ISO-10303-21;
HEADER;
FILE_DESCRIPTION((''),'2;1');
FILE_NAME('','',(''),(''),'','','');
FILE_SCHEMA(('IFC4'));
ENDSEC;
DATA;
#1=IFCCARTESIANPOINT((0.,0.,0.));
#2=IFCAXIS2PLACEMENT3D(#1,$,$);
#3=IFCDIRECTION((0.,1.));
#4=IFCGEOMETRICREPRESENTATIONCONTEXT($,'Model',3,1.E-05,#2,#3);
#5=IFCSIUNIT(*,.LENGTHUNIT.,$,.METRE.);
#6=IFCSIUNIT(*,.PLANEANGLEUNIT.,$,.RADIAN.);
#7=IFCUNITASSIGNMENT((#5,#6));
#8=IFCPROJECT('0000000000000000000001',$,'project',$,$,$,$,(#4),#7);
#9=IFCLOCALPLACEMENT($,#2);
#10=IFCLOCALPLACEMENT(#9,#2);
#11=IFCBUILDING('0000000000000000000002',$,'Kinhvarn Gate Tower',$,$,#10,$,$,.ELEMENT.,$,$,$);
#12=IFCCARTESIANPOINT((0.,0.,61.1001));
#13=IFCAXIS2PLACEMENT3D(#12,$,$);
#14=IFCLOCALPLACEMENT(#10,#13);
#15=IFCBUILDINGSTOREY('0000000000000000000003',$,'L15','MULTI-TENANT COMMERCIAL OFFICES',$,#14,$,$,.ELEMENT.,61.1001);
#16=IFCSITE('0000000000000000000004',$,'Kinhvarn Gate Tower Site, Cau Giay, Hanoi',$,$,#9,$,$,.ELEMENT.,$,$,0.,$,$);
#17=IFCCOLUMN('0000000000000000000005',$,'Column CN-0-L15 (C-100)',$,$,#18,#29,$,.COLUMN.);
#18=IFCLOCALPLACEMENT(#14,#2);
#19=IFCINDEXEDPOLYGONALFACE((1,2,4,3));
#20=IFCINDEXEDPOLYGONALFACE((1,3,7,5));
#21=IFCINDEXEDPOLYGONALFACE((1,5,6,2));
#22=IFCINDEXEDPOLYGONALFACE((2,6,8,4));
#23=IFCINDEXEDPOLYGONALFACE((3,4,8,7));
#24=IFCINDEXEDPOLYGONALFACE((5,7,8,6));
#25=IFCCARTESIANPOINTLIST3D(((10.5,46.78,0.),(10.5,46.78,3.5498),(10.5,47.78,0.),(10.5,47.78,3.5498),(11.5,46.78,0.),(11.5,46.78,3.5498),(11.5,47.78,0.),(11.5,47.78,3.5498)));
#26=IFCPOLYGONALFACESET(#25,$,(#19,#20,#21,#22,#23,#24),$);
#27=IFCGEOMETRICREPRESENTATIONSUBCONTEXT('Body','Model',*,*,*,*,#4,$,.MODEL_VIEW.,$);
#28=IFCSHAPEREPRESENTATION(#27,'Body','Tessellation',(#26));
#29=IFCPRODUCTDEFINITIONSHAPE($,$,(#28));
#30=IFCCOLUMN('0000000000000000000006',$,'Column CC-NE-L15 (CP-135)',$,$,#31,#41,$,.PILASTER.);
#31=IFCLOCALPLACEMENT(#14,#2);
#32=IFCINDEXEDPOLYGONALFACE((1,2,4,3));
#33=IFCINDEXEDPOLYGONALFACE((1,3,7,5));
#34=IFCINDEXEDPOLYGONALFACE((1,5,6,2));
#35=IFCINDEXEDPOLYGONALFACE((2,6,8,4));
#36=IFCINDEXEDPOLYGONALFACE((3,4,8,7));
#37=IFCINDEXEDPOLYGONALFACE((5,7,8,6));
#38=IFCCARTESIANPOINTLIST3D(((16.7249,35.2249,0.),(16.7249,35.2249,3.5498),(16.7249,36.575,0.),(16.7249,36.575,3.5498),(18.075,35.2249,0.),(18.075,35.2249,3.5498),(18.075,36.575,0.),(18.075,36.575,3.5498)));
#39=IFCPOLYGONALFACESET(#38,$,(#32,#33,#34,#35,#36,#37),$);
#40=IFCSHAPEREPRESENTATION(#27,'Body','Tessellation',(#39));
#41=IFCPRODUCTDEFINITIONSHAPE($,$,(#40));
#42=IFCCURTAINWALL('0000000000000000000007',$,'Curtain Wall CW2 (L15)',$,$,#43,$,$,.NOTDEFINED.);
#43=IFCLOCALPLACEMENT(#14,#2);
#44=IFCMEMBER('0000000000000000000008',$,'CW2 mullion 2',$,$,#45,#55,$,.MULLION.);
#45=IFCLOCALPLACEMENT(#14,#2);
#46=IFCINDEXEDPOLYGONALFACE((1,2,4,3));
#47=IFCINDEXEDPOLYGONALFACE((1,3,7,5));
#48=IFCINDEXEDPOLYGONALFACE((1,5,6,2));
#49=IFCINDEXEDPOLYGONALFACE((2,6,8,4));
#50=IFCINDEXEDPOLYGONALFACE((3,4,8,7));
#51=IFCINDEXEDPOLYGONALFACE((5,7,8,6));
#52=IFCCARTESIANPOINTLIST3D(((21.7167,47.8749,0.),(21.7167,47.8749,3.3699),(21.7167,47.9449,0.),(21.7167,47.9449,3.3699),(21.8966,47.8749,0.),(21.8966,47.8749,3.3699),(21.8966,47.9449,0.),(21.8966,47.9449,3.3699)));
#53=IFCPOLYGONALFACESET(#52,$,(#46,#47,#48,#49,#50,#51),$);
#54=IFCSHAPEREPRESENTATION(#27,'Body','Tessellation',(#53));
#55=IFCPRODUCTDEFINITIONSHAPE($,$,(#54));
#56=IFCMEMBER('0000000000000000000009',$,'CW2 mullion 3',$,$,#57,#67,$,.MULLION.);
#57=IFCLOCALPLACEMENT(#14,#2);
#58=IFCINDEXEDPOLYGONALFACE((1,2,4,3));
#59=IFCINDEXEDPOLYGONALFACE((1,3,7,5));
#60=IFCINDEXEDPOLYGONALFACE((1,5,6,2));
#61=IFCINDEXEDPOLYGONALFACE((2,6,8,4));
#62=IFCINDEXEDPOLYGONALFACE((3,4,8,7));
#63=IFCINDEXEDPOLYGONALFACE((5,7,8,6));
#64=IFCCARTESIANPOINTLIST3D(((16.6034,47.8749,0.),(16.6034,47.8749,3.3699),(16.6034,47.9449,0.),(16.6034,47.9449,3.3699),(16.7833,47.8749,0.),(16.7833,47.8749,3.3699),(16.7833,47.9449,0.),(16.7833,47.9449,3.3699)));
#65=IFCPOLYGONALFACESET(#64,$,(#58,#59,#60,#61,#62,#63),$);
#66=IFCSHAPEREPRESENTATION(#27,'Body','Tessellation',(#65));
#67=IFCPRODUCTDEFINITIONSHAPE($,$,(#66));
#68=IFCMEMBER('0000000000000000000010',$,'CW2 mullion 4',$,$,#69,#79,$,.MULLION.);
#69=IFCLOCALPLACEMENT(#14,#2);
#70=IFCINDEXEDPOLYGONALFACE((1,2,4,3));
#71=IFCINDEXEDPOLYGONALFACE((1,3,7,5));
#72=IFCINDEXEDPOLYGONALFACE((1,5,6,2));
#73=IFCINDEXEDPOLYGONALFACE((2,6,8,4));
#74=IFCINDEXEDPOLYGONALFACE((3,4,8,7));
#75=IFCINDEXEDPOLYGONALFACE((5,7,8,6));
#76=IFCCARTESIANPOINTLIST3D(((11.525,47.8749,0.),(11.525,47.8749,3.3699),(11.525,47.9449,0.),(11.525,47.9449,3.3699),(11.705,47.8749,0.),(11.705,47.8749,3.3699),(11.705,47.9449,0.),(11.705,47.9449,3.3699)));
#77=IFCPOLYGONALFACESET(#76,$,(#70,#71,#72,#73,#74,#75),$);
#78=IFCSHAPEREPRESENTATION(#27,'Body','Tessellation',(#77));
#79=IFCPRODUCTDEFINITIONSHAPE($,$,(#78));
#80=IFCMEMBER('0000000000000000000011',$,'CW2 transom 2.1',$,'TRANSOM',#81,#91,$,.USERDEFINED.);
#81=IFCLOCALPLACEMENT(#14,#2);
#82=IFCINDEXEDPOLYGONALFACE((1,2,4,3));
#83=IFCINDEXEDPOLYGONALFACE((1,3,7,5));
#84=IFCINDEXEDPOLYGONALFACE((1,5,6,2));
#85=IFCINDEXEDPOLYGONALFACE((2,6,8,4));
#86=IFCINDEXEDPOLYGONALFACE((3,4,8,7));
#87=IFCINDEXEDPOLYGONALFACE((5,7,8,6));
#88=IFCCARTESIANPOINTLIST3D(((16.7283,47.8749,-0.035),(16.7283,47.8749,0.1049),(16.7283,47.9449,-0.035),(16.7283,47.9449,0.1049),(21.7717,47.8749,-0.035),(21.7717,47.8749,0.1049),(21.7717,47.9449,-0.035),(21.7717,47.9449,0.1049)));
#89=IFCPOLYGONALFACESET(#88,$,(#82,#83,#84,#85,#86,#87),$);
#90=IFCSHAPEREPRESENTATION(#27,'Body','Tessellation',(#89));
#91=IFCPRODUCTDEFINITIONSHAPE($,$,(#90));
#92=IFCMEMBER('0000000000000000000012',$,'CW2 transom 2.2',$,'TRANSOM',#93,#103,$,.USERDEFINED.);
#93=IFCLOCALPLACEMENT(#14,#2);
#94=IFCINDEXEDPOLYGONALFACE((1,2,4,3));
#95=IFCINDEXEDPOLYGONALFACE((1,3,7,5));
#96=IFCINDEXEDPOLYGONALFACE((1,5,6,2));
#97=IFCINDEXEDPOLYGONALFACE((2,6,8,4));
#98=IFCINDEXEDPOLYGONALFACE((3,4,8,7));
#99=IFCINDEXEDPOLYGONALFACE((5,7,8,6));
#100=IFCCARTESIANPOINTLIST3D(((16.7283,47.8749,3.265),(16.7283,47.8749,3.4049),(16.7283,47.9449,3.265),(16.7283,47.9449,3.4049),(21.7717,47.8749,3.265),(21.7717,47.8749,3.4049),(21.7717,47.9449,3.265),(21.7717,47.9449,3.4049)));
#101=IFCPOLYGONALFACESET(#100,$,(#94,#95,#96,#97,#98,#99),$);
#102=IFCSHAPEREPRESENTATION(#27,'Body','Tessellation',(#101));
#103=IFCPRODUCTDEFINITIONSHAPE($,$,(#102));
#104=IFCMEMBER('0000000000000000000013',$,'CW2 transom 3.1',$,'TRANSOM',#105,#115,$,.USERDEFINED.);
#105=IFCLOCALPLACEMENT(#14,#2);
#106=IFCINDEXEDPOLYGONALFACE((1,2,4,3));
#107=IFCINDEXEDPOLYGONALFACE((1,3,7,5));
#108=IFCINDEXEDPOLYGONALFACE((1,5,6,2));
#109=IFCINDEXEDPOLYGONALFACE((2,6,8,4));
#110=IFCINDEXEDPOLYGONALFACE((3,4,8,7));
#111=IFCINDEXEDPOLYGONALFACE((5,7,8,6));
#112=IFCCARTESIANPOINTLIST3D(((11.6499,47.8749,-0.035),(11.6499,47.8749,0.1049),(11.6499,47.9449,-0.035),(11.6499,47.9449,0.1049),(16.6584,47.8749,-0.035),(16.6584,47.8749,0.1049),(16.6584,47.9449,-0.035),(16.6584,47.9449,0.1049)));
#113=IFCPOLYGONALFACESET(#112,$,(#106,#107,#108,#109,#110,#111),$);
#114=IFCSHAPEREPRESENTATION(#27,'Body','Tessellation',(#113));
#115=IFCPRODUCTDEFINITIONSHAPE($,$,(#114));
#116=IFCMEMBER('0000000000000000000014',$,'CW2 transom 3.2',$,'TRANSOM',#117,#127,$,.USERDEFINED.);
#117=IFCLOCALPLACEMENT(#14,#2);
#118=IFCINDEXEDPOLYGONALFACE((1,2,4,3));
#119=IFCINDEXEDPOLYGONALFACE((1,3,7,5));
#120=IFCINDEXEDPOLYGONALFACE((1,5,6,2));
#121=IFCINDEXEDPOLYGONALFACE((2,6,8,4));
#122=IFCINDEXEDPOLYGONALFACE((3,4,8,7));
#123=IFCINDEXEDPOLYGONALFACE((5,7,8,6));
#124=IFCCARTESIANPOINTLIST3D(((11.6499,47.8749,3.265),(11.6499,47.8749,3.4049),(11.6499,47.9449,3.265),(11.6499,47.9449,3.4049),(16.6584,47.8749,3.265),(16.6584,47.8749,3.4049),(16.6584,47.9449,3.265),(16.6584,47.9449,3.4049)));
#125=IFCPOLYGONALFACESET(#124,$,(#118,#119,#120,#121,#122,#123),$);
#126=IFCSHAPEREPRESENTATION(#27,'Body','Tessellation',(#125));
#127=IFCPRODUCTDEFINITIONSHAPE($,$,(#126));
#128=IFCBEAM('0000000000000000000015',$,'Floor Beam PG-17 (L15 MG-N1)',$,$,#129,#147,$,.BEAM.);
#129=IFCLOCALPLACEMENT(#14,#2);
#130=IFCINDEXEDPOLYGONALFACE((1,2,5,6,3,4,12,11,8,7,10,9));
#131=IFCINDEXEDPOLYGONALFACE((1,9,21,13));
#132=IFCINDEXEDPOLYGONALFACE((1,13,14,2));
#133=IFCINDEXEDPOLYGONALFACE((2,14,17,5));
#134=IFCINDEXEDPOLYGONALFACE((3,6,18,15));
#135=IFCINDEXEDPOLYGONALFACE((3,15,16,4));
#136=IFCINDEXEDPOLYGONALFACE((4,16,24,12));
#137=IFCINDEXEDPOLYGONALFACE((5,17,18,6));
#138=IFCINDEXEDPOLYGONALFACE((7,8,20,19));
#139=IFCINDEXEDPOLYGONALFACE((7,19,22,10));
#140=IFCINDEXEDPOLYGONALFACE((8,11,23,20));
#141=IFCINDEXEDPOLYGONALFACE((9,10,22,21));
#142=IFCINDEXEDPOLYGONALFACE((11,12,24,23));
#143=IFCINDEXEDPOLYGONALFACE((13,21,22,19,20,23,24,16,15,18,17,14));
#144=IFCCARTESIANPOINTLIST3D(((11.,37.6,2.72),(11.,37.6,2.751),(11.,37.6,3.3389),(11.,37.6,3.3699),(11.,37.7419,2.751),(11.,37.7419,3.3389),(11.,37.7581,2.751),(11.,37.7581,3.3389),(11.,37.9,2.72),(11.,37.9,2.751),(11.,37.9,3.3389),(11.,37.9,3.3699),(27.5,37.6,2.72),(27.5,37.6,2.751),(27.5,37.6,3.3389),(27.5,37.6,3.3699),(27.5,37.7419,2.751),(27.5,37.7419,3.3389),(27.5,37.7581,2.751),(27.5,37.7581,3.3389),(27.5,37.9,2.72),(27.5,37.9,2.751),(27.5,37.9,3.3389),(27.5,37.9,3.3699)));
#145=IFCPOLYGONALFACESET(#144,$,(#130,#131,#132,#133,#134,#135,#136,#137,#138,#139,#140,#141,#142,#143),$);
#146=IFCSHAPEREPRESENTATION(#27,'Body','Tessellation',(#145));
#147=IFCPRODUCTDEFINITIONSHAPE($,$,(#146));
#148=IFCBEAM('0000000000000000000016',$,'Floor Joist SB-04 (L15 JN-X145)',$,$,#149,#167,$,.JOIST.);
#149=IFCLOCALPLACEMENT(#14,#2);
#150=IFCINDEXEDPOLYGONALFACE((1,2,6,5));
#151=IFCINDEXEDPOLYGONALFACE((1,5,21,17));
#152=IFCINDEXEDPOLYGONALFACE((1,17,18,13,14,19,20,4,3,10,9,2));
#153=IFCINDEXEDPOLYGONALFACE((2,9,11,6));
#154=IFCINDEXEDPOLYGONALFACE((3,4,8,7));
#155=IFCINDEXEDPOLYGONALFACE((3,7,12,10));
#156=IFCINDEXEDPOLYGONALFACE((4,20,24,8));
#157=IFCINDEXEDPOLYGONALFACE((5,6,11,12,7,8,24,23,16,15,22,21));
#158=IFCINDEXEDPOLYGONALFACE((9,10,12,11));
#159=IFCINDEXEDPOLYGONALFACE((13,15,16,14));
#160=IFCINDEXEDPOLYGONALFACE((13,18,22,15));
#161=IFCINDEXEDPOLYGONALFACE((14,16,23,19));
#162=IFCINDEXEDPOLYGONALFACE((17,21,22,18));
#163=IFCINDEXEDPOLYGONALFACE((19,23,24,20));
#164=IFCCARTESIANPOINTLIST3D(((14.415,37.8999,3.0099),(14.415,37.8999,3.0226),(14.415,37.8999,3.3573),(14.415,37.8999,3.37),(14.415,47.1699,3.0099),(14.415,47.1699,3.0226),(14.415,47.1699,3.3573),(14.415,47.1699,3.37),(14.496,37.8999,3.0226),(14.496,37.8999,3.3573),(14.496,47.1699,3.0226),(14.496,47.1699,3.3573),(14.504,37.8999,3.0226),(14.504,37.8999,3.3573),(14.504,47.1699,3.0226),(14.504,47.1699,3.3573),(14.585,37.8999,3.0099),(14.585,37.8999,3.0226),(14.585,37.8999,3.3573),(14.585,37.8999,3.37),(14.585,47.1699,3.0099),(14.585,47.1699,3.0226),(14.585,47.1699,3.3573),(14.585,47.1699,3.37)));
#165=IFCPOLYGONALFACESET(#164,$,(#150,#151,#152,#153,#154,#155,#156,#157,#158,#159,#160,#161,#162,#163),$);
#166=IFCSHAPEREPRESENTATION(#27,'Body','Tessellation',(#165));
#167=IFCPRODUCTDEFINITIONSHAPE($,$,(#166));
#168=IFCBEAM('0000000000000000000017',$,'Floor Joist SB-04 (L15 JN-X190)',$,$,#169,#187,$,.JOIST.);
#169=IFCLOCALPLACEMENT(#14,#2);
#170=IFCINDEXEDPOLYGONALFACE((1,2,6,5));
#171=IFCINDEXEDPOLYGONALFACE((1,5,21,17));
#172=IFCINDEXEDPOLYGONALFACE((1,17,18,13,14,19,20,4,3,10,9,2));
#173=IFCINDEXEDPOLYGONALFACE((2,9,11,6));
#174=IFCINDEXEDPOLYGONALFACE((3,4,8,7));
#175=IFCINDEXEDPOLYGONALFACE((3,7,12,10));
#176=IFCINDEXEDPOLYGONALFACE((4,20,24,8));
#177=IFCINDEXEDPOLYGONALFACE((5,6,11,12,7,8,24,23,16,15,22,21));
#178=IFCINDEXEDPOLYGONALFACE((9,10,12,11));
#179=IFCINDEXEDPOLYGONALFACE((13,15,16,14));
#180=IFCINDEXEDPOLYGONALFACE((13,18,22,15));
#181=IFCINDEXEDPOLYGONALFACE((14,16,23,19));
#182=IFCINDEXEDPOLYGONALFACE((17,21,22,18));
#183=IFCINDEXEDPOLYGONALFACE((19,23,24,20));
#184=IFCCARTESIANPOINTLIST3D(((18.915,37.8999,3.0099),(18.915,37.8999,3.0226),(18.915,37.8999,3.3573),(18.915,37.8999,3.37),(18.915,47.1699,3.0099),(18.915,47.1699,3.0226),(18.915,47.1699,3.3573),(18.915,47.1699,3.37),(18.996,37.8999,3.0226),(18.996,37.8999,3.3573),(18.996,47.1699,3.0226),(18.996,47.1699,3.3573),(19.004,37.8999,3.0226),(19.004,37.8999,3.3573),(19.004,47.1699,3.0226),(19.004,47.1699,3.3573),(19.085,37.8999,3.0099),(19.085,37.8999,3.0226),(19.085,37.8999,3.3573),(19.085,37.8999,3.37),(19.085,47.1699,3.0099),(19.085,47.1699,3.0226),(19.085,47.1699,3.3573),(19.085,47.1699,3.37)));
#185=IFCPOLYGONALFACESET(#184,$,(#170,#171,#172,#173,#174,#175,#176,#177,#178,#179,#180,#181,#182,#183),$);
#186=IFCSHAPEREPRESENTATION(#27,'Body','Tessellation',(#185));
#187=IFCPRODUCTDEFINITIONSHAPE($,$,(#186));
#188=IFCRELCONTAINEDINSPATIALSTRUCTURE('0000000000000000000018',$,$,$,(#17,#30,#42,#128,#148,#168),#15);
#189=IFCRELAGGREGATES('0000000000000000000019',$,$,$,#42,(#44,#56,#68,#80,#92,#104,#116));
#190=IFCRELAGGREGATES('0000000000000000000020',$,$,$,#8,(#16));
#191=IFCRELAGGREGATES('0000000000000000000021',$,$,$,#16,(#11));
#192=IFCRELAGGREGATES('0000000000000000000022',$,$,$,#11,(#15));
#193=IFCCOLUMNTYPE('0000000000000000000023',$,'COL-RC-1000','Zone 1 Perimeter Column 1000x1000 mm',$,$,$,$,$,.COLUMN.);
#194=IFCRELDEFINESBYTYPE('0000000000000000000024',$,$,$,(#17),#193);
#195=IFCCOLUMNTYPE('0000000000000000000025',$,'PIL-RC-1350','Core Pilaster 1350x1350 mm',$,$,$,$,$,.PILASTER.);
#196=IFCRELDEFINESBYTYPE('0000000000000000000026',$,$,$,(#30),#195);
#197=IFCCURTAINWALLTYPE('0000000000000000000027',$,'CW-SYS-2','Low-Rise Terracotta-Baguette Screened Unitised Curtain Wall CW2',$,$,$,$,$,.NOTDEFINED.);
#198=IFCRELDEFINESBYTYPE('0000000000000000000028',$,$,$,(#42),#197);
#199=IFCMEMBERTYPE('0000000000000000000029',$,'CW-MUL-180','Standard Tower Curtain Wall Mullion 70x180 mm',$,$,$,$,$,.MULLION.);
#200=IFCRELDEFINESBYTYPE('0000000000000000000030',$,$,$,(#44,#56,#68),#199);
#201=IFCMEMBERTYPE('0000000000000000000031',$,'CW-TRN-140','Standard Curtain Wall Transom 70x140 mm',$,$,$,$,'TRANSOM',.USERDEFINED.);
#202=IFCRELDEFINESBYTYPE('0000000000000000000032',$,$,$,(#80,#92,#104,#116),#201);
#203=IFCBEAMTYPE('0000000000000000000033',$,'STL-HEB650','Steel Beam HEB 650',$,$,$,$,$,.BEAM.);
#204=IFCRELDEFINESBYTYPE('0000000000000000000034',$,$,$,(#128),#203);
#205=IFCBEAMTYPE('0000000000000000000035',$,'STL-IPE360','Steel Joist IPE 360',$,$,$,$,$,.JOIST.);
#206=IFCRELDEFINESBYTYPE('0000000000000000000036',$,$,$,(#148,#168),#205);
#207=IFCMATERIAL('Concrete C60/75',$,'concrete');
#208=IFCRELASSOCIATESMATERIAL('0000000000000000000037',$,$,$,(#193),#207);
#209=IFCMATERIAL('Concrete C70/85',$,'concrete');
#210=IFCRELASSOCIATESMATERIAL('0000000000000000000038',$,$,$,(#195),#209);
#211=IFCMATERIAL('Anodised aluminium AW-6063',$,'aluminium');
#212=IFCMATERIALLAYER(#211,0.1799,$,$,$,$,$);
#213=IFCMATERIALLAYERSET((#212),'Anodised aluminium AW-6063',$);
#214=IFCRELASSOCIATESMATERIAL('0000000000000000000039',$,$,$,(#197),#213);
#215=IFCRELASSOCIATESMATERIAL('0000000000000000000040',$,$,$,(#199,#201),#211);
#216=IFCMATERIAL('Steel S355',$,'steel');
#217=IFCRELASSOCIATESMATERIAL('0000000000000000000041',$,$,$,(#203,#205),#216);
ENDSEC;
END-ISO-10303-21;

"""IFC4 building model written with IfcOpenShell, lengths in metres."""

from ifc_helpers import new_model, si_unit, direction, frame, origin, origin_2d, place, context, subcontext, project, spatial, rectangle, i_section, extrude, material, layer, layer_set, material_profile, profile_set, type_object, element, aggregate, save


model = new_model("IFC4")

# Units and contexts
model_context = context("Model", 3, precision=1e-05, world=origin(), true_north=direction((0.0, 1.0)))
body_context = subcontext(model_context, "Body", "Model", "MODEL_VIEW")
ifc_project = project(units=[si_unit("LENGTHUNIT", "METRE"), si_unit("PLANEANGLEUNIT", "RADIAN")], contexts=[model_context])

# Site, building, storey
site_placement = place(None, origin())
site = spatial("IfcSite", under=ifc_project, at=site_placement, Name="Kinhvarn Gate Tower Site, Cau Giay, Hanoi", CompositionType="ELEMENT", RefElevation=0.0)
building_placement = place(site_placement, origin())
building = spatial("IfcBuilding", under=site, at=building_placement, Name="Kinhvarn Gate Tower", CompositionType="ELEMENT")
storey_placement = place(building_placement, frame((0.0, 0.0, 61.1001)))
storey = spatial("IfcBuildingStorey", under=building, at=storey_placement, Name="L15", Description="MULTI-TENANT COMMERCIAL OFFICES", CompositionType="ELEMENT", Elevation=61.1001)

# Columns
ifc_material_1 = material(Name="Concrete C60/75", Category="concrete")
ifc_material_profile_1 = material_profile(ifc_material_1, rectangle(XDim=1.0, YDim=1.0, at=origin_2d()), Name="RC 1000x1000")
ifc_profile_set_1 = profile_set([ifc_material_profile_1], Name="Concrete C60/75")
column_type_1 = type_object("IfcColumnType", Name="COL-RC-1000", Description="Zone 1 Perimeter Column 1000x1000 mm", PredefinedType="COLUMN", material=ifc_profile_set_1)
column_1_placement = place(storey_placement, frame((11.0, 47.28, 0.0), z_axis=(0.0, 0.0, 1.0), x_axis=(1.0, 0.0, 0.0)))
element("IfcColumn", 1, at=column_1_placement, inside=storey, type_object=column_type_1, Name="Column CN-0-L15 (C-100)", PredefinedType="COLUMN", context=body_context, shape_type="SweptSolid", body=[
    extrude(rectangle(XDim=1.0, YDim=1.0, at=origin_2d()), origin(), (0.0, 0.0, 1.0), 3.5498),
])
ifc_material_2 = material(Name="Concrete C70/85", Category="concrete")
ifc_material_profile_2 = material_profile(ifc_material_2, rectangle(XDim=1.3501, YDim=1.3501, at=origin_2d()), Name="RC 1350x1350")
ifc_profile_set_2 = profile_set([ifc_material_profile_2], Name="Concrete C70/85")
column_type_2 = type_object("IfcColumnType", Name="PIL-RC-1350", Description="Core Pilaster 1350x1350 mm", PredefinedType="PILASTER", material=ifc_profile_set_2)
column_2_placement = place(storey_placement, frame((17.3999, 35.8999, 0.0), z_axis=(0.0, 0.0, 1.0), x_axis=(1.0, 0.0, 0.0)))
element("IfcColumn", 2, at=column_2_placement, inside=storey, type_object=column_type_2, Name="Column CC-NE-L15 (CP-135)", PredefinedType="PILASTER", context=body_context, shape_type="SweptSolid", body=[
    extrude(rectangle(XDim=1.3501, YDim=1.3501, at=origin_2d()), origin(), (0.0, 0.0, 1.0), 3.5498),
])

# Curtain wall, members
ifc_material_3 = material(Name="Anodised aluminium AW-6063", Category="aluminium")
ifc_layer_1 = layer(ifc_material_3, 0.1799)
ifc_layer_set_1 = layer_set([ifc_layer_1], Name="Anodised aluminium AW-6063")
curtain_wall_type = type_object("IfcCurtainWallType", Name="CW-SYS-2", Description="Low-Rise Terracotta-Baguette Screened Unitised Curtain Wall CW2", PredefinedType="NOTDEFINED", material=ifc_layer_set_1)
curtain_wall_placement = place(storey_placement, origin())
curtain_wall = element("IfcCurtainWall", 3, at=curtain_wall_placement, inside=storey, type_object=curtain_wall_type, Name="Curtain Wall CW2 (L15)", PredefinedType="NOTDEFINED")
ifc_material_profile_3 = material_profile(ifc_material_3, rectangle(XDim=0.0701, YDim=0.1799, at=origin_2d()), Name="ALU 70x180")
ifc_profile_set_3 = profile_set([ifc_material_profile_3], Name="Anodised aluminium AW-6063")
member_type_1 = type_object("IfcMemberType", Name="CW-MUL-180", Description="Standard Tower Curtain Wall Mullion 70x180 mm", PredefinedType="MULLION", material=ifc_profile_set_3)
member_1_placement = place(storey_placement, frame((21.8066, 47.9099, 0.0), z_axis=(0.0, 0.0, 1.0), x_axis=(0.0, -1.0, 0.0)))
member_1 = element("IfcMember", 4, at=member_1_placement, type_object=member_type_1, Name="CW2 mullion 2", PredefinedType="MULLION", context=body_context, shape_type="SweptSolid", body=[
    extrude(rectangle(XDim=0.0701, YDim=0.1799, at=origin_2d()), origin(), (0.0, 0.0, 1.0), 3.3699),
])
member_2_placement = place(storey_placement, frame((16.6934, 47.9099, 0.0), z_axis=(0.0, 0.0, 1.0), x_axis=(0.0, -1.0, 0.0)))
member_2 = element("IfcMember", 5, at=member_2_placement, type_object=member_type_1, Name="CW2 mullion 3", PredefinedType="MULLION", context=body_context, shape_type="SweptSolid", body=[
    extrude(rectangle(XDim=0.0701, YDim=0.1799, at=origin_2d()), origin(), (0.0, 0.0, 1.0), 3.3699),
])
member_3_placement = place(storey_placement, frame((11.615, 47.9099, 0.0), z_axis=(0.0, 0.0, 1.0), x_axis=(0.0, -1.0, 0.0)))
member_3 = element("IfcMember", 6, at=member_3_placement, type_object=member_type_1, Name="CW2 mullion 4", PredefinedType="MULLION", context=body_context, shape_type="SweptSolid", body=[
    extrude(rectangle(XDim=0.0701, YDim=0.1799, at=origin_2d()), origin(), (0.0, 0.0, 1.0), 3.3699),
])
ifc_material_profile_4 = material_profile(ifc_material_3, rectangle(XDim=0.0701, YDim=0.1399, at=origin_2d()), Name="ALU 70x140")
ifc_profile_set_4 = profile_set([ifc_material_profile_4], Name="Anodised aluminium AW-6063")
member_type_2 = type_object("IfcMemberType", Name="CW-TRN-140", Description="Standard Curtain Wall Transom 70x140 mm", ElementType="TRANSOM", PredefinedType="USERDEFINED", material=ifc_profile_set_4)
member_4_placement = place(storey_placement, frame((21.7717, 47.9099, 0.0349), z_axis=(-1.0, 0.0, 0.0), x_axis=(0.0, -1.0, 0.0)))
member_4 = element("IfcMember", 7, at=member_4_placement, type_object=member_type_2, Name="CW2 transom 2.1", ObjectType="TRANSOM", PredefinedType="USERDEFINED", context=body_context, shape_type="SweptSolid", body=[
    extrude(rectangle(XDim=0.0701, YDim=0.1399, at=origin_2d()), origin(), (0.0, 0.0, 1.0), 5.0435),
])
member_5_placement = place(storey_placement, frame((21.7717, 47.9099, 3.335), z_axis=(-1.0, 0.0, 0.0), x_axis=(0.0, -1.0, 0.0)))
member_5 = element("IfcMember", 8, at=member_5_placement, type_object=member_type_2, Name="CW2 transom 2.2", ObjectType="TRANSOM", PredefinedType="USERDEFINED", context=body_context, shape_type="SweptSolid", body=[
    extrude(rectangle(XDim=0.0701, YDim=0.1399, at=origin_2d()), origin(), (0.0, 0.0, 1.0), 5.0435),
])
member_6_placement = place(storey_placement, frame((16.6584, 47.9099, 0.0349), z_axis=(-1.0, 0.0, 0.0), x_axis=(0.0, -1.0, 0.0)))
member_6 = element("IfcMember", 9, at=member_6_placement, type_object=member_type_2, Name="CW2 transom 3.1", ObjectType="TRANSOM", PredefinedType="USERDEFINED", context=body_context, shape_type="SweptSolid", body=[
    extrude(rectangle(XDim=0.0701, YDim=0.1399, at=origin_2d()), origin(), (0.0, 0.0, 1.0), 5.0085),
])
member_7_placement = place(storey_placement, frame((16.6584, 47.9099, 3.335), z_axis=(-1.0, 0.0, 0.0), x_axis=(0.0, -1.0, 0.0)))
member_7 = element("IfcMember", 10, at=member_7_placement, type_object=member_type_2, Name="CW2 transom 3.2", ObjectType="TRANSOM", PredefinedType="USERDEFINED", context=body_context, shape_type="SweptSolid", body=[
    extrude(rectangle(XDim=0.0701, YDim=0.1399, at=origin_2d()), origin(), (0.0, 0.0, 1.0), 5.0085),
])

# Beams
ifc_material_4 = material(Name="Steel S355", Category="steel")
ifc_material_profile_5 = material_profile(ifc_material_4, i_section(OverallWidth=0.3, OverallDepth=0.6499, WebThickness=0.0161, FlangeThickness=0.031, at=origin_2d()), Name="HEB 650")
ifc_profile_set_5 = profile_set([ifc_material_profile_5], Name="Steel S355")
beam_type_1 = type_object("IfcBeamType", Name="STL-HEB650", Description="Steel Beam HEB 650", PredefinedType="BEAM", material=ifc_profile_set_5)
beam_1_placement = place(storey_placement, frame((11.0, 37.75, 3.0449), z_axis=(1.0, 0.0, 0.0), x_axis=(0.0, 1.0, 0.0)))
element("IfcBeam", 11, at=beam_1_placement, inside=storey, type_object=beam_type_1, Name="Floor Beam PG-17 (L15 MG-N1)", PredefinedType="BEAM", context=body_context, shape_type="SweptSolid", body=[
    extrude(i_section(OverallWidth=0.3, OverallDepth=0.6499, WebThickness=0.0161, FlangeThickness=0.031, at=origin_2d()), origin(), (0.0, 0.0, 1.0), 16.5),
])
ifc_material_profile_6 = material_profile(ifc_material_4, i_section(OverallWidth=0.1699, OverallDepth=0.3601, WebThickness=0.0081, FlangeThickness=0.0127, at=origin_2d()), Name="IPE 360")
ifc_profile_set_6 = profile_set([ifc_material_profile_6], Name="Steel S355")
beam_type_2 = type_object("IfcBeamType", Name="STL-IPE360", Description="Steel Joist IPE 360", PredefinedType="JOIST", material=ifc_profile_set_6)
for number, where, z_axis, x_axis, name in (
    (12, (14.5, 37.8999, 3.1899), (0.0, 1.0, 0.0), (-1.0, 0.0, 0.0), "Floor Joist SB-04 (L15 JN-X145)"),
    (13, (19.0, 37.8999, 3.1899), (0.0, 1.0, 0.0), (-1.0, 0.0, 0.0), "Floor Joist SB-04 (L15 JN-X190)"),
):
    element("IfcBeam", number, at=place(storey_placement, frame(where, z_axis=z_axis, x_axis=x_axis)), inside=storey, type_object=beam_type_2, Name=name, PredefinedType="JOIST", context=body_context, shape_type="SweptSolid", body=[
        extrude(i_section(OverallWidth=0.1699, OverallDepth=0.3601, WebThickness=0.0081, FlangeThickness=0.0127, at=origin_2d()), origin(), (0.0, 0.0, 1.0), 9.27),
    ])

aggregate(curtain_wall, [member_1, member_2, member_3, member_4, member_5, member_6, member_7])

save(model, "model.ifc")
